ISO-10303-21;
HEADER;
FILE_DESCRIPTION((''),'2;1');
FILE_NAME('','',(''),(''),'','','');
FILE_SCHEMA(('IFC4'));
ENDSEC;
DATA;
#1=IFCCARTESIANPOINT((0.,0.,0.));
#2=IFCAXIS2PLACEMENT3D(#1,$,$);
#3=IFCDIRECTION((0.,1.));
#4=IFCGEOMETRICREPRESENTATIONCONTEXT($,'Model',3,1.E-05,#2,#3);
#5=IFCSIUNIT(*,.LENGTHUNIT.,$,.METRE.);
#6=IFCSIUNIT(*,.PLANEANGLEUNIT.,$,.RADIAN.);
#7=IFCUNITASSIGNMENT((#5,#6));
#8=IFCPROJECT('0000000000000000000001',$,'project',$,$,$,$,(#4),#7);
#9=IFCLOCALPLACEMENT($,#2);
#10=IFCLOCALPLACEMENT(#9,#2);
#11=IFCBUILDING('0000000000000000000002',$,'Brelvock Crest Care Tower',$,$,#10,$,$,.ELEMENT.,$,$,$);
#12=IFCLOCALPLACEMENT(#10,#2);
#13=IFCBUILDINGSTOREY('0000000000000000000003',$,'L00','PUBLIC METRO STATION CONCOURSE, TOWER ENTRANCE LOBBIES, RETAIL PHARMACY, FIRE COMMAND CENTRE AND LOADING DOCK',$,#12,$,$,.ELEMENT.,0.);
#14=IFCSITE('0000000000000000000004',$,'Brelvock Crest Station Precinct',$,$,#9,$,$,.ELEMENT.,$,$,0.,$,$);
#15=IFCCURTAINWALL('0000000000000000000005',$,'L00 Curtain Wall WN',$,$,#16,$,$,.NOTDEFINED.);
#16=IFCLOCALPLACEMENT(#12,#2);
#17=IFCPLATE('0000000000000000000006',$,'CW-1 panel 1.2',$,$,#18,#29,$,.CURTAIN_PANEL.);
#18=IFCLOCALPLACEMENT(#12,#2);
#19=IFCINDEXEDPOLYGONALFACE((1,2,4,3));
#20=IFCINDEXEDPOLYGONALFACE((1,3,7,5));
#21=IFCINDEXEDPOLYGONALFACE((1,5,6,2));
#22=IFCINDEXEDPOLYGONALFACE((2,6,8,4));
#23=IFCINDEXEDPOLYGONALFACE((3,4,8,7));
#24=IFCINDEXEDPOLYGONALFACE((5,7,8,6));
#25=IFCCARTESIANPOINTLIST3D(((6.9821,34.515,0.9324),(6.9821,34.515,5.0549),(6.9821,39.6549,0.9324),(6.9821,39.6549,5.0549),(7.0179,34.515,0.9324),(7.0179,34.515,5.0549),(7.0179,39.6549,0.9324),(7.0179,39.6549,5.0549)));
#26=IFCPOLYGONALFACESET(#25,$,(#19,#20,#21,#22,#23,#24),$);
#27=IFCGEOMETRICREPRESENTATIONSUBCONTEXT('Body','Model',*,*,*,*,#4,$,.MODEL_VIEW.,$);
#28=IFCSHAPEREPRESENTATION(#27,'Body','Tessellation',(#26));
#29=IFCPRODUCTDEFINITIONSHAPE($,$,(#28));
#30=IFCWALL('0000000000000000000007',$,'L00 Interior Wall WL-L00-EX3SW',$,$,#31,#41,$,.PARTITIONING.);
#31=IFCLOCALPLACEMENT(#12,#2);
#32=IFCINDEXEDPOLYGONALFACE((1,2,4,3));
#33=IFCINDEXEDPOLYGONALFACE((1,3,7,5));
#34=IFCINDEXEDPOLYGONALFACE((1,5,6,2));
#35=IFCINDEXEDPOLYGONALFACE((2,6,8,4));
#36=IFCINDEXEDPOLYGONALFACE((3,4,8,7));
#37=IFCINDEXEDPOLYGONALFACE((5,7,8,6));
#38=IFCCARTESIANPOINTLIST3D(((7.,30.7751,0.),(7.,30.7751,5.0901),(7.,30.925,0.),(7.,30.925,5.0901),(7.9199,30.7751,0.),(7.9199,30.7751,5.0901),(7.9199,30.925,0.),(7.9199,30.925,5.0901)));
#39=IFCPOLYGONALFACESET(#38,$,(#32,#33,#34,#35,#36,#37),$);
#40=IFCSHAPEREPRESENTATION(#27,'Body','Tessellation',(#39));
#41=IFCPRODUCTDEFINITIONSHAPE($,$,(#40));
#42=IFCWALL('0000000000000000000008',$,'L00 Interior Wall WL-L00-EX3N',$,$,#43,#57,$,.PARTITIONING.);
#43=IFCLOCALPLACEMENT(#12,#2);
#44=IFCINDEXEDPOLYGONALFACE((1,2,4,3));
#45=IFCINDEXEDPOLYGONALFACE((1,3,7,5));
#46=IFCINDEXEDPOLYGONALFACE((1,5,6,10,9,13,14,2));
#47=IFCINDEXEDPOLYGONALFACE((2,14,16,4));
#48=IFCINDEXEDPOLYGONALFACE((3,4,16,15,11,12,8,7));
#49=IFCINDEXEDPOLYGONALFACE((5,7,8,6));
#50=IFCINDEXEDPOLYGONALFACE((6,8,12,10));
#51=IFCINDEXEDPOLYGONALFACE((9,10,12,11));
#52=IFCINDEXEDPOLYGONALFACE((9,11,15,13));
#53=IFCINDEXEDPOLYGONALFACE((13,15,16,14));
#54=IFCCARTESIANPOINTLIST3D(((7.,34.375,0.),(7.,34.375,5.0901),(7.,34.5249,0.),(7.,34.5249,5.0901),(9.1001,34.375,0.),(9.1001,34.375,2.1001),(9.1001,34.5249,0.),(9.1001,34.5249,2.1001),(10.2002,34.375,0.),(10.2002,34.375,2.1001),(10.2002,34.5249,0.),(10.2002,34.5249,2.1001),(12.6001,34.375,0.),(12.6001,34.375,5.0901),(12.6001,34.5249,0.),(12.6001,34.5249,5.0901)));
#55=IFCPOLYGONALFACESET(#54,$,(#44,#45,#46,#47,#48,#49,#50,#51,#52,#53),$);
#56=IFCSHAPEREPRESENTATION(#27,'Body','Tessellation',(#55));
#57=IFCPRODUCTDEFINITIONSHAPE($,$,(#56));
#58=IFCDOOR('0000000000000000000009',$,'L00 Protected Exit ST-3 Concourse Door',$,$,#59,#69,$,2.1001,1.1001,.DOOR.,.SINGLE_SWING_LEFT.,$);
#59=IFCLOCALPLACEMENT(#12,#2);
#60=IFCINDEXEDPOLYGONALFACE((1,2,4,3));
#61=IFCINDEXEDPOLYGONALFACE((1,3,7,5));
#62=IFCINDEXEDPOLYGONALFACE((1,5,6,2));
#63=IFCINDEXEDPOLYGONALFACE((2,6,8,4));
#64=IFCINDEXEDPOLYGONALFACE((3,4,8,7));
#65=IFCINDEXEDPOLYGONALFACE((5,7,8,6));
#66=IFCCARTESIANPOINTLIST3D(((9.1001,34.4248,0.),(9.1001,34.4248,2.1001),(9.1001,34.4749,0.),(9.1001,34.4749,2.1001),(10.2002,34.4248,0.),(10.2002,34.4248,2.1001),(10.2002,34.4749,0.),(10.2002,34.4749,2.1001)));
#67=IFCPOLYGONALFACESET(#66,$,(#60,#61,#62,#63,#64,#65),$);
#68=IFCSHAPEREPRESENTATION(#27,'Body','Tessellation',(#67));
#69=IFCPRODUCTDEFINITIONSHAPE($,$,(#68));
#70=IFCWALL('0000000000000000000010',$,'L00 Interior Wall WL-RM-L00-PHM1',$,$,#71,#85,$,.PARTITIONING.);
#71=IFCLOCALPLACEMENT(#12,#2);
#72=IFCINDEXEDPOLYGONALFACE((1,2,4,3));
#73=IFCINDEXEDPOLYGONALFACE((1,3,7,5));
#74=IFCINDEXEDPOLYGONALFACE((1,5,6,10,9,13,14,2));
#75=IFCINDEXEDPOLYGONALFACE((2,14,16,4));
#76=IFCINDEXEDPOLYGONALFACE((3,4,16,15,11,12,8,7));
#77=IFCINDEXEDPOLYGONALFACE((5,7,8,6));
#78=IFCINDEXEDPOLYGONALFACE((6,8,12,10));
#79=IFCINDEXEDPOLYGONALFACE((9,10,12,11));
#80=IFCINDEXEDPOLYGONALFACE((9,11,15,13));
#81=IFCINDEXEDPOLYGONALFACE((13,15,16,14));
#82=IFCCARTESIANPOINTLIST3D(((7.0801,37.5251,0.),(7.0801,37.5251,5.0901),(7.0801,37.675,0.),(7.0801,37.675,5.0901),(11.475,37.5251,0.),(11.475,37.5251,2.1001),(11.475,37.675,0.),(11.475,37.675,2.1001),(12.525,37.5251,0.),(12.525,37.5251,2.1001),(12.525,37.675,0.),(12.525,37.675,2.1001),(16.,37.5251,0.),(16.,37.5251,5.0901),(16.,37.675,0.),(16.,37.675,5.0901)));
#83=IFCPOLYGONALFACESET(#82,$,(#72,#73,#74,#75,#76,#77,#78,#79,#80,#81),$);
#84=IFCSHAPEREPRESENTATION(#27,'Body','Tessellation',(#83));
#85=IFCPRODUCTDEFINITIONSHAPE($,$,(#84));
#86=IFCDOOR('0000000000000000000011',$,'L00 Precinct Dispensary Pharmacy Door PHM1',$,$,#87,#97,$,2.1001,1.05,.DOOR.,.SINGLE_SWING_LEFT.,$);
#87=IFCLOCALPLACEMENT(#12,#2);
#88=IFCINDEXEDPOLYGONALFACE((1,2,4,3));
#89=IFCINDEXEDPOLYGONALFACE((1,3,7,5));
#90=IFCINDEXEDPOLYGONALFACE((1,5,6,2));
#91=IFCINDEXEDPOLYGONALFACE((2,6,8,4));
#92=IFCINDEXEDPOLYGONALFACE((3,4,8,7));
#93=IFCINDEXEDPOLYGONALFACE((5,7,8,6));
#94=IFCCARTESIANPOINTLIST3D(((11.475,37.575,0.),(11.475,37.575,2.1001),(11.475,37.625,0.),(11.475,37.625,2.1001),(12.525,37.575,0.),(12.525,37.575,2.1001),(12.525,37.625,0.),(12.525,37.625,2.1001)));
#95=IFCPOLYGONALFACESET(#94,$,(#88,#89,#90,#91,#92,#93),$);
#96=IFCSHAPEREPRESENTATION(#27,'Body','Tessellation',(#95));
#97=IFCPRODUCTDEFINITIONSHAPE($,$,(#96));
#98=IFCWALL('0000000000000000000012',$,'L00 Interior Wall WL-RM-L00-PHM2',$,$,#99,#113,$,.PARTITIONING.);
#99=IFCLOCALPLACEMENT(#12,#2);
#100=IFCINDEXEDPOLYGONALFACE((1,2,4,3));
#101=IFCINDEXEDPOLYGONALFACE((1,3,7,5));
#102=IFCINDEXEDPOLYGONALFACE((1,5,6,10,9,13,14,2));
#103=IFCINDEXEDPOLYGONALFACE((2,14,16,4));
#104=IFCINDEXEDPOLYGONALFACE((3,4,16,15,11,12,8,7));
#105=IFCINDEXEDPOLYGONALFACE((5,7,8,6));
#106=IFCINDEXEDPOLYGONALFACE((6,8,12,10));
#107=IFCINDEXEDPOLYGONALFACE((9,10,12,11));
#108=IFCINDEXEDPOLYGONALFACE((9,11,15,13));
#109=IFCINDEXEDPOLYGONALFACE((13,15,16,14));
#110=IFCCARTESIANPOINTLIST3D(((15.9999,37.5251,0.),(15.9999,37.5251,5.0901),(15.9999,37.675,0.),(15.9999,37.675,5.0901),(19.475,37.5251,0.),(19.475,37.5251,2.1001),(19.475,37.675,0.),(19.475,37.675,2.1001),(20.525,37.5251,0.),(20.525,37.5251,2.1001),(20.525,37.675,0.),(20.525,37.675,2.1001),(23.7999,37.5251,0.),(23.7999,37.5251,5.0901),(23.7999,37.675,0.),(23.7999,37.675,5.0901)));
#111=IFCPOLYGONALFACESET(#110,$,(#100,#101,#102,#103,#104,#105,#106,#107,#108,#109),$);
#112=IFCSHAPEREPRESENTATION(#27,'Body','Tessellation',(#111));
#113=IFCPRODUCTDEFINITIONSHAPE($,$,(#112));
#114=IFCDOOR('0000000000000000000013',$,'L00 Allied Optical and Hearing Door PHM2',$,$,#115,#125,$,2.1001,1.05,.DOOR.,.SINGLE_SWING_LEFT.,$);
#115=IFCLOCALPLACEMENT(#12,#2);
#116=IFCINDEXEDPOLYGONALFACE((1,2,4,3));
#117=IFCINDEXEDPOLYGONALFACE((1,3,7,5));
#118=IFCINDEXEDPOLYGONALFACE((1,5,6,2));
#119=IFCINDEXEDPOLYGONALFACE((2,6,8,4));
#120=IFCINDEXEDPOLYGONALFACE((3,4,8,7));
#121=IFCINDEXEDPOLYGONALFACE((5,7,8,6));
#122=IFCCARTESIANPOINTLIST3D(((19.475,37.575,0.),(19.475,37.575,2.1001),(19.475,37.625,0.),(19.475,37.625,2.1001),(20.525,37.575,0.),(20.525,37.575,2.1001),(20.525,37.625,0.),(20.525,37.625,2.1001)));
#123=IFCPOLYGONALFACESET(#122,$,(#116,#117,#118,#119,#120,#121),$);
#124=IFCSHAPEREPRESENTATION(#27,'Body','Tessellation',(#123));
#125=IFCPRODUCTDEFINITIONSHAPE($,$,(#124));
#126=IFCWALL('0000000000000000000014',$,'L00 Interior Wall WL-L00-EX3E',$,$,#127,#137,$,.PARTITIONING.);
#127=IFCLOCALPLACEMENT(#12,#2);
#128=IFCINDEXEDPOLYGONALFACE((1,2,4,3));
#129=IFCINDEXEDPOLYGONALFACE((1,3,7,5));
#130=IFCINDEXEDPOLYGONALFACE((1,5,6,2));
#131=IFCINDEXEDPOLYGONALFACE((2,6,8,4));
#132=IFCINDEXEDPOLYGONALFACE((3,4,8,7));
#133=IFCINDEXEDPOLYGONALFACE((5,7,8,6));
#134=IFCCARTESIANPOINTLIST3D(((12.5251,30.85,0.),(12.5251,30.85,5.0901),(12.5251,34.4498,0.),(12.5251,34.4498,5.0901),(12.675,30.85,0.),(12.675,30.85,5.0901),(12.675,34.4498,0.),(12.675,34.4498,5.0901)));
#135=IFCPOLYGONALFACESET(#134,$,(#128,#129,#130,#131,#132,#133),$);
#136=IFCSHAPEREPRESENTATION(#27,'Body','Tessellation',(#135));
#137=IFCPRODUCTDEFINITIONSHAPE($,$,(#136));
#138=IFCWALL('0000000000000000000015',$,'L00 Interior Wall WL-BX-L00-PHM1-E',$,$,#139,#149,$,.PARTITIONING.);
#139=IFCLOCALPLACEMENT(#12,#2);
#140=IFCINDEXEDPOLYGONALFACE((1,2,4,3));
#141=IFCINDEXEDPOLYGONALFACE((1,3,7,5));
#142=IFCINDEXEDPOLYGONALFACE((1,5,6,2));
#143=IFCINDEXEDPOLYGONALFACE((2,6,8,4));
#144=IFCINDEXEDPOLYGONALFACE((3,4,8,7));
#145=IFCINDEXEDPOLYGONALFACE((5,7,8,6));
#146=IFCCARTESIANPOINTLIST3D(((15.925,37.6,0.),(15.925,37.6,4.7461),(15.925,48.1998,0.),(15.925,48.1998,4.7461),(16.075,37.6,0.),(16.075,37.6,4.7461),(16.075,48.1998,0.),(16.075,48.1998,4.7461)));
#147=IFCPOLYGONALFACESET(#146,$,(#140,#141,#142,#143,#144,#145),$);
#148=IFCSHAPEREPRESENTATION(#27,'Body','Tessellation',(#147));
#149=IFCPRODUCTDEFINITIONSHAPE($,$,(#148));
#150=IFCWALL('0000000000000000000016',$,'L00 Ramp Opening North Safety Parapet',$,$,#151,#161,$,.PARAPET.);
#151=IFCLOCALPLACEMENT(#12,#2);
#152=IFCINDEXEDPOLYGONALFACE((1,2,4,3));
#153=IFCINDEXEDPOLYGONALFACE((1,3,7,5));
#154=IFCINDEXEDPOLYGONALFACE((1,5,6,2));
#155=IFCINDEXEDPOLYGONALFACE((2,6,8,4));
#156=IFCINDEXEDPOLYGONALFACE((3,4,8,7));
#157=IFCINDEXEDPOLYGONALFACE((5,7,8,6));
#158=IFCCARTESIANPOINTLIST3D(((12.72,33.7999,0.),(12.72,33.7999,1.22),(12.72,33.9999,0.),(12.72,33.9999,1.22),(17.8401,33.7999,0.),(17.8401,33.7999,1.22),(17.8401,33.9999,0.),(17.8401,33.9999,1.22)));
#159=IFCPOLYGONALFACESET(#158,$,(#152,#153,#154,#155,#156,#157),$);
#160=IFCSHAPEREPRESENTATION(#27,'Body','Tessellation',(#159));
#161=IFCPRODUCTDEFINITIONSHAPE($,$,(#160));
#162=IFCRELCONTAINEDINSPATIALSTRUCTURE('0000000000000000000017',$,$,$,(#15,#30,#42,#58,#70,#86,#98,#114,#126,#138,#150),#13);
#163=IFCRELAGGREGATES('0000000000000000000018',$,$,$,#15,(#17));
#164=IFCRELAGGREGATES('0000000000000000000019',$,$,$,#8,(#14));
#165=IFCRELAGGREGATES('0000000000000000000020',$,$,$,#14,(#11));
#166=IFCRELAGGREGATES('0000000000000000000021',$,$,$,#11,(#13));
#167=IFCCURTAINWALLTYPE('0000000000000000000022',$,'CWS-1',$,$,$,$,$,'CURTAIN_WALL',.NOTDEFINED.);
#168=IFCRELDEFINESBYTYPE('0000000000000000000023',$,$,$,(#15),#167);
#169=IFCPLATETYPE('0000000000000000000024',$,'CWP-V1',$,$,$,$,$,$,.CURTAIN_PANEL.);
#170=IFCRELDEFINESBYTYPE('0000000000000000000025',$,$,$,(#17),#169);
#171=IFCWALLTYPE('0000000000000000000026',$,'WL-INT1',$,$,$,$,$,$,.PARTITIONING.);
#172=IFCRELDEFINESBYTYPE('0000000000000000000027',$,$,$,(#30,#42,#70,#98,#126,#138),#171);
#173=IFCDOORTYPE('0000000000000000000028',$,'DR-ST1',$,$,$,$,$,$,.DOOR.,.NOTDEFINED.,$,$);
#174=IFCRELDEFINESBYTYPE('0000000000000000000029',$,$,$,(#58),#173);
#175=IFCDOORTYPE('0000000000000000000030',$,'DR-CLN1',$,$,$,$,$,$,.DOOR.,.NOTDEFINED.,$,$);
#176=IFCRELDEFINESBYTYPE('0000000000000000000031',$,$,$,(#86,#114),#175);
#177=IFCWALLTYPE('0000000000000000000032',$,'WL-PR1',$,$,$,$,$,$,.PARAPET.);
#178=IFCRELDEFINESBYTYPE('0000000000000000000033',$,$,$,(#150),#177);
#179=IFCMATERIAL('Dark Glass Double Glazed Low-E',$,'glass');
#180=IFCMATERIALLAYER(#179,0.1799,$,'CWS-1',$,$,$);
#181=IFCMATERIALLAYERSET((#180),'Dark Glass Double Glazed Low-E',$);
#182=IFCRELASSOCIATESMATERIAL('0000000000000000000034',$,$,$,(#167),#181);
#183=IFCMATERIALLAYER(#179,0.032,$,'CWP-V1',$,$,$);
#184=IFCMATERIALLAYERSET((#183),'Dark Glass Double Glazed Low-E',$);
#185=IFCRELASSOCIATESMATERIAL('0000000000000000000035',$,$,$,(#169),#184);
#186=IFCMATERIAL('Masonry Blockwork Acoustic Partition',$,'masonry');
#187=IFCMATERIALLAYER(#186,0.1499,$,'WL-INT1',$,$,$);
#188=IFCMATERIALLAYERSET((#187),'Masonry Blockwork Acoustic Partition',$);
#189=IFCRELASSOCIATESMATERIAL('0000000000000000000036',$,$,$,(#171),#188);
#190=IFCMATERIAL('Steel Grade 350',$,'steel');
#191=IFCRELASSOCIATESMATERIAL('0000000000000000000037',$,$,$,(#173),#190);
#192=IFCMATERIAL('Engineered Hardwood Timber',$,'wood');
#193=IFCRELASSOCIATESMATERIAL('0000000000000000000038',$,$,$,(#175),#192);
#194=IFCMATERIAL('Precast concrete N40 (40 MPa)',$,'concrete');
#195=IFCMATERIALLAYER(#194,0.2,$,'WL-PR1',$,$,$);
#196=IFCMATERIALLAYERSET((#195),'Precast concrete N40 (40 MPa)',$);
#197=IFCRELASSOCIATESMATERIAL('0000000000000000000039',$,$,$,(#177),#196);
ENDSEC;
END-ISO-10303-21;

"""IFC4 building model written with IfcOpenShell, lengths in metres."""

from ifc_helpers import new_model, si_unit, direction, frame, frame_2d, origin, origin_2d, place, context, subcontext, project, spatial, rectangle, extrude, source, transform, mapped, material, layer, layer_set, type_object, element, fill, aggregate, save


model = new_model("IFC4")

# Units and contexts
model_context = context("Model", 3, precision=1e-05, world=origin(), true_north=direction((0.0, 1.0)))
body_context = subcontext(model_context, "Body", "Model", "MODEL_VIEW")
ifc_project = project(units=[si_unit("LENGTHUNIT", "METRE"), si_unit("PLANEANGLEUNIT", "RADIAN")], contexts=[model_context])

# Site, building, storey
site_placement = place(None, origin())
site = spatial("IfcSite", under=ifc_project, at=site_placement, Name="Brelvock Crest Station Precinct", CompositionType="ELEMENT", RefElevation=0.0)
building_placement = place(site_placement, origin())
building = spatial("IfcBuilding", under=site, at=building_placement, Name="Brelvock Crest Care Tower", CompositionType="ELEMENT")
storey_placement = place(building_placement, origin())
storey = spatial("IfcBuildingStorey", under=building, at=storey_placement, Name="L00", Description="PUBLIC METRO STATION CONCOURSE, TOWER ENTRANCE LOBBIES, RETAIL PHARMACY, FIRE COMMAND CENTRE AND LOADING DOCK", CompositionType="ELEMENT", Elevation=0.0)

# Shared definitions
ifc_material_1 = material(Name="Steel Grade 350", Category="steel")

# Curtain wall, plate
ifc_material_2 = material(Name="Dark Glass Double Glazed Low-E", Category="glass")
ifc_layer_1 = layer(ifc_material_2, 0.1799, Name="CWS-1")
ifc_layer_set_1 = layer_set([ifc_layer_1], Name="Dark Glass Double Glazed Low-E")
curtain_wall_type = type_object("IfcCurtainWallType", Name="CWS-1", ElementType="CURTAIN_WALL", PredefinedType="NOTDEFINED", material=ifc_layer_set_1)
curtain_wall_placement = place(storey_placement, origin())
curtain_wall = element("IfcCurtainWall", 1, at=curtain_wall_placement, inside=storey, type_object=curtain_wall_type, Name="L00 Curtain Wall WN", PredefinedType="NOTDEFINED")
ifc_layer_2 = layer(ifc_material_2, 0.032, Name="CWP-V1")
ifc_layer_set_2 = layer_set([ifc_layer_2], Name="Dark Glass Double Glazed Low-E")
plate_type_1 = type_object("IfcPlateType", Name="CWP-V1", PredefinedType="CURTAIN_PANEL", material=ifc_layer_set_2)
shared_shape_1 = source(origin(), body_context, "Body", "SweptSolid", [
    extrude(rectangle(XDim=5.1399, YDim=0.0359, at=origin_2d()), origin(), (0.0, 0.0, 1.0), 4.1226),
])
plate_1_placement = place(storey_placement, frame((7.0, 37.085, 0.9324), z_axis=(0.0, 0.0, 1.0), x_axis=(0.0, 1.0, 0.0)))
plate_1 = element("IfcPlate", 2, at=plate_1_placement, type_object=plate_type_1, Name="CW-1 panel 1.2", PredefinedType="CURTAIN_PANEL", context=body_context, shape_type="MappedRepresentation", body=[
    mapped(shared_shape_1, transform((0.0, 0.0, 0.0), x_axis=(1.0, 0.0, 0.0), y_axis=(0.0, 1.0, 0.0), z_axis=(0.0, 0.0, 1.0), scale=1.0)),
])
aggregate(curtain_wall, [plate_1])

# Wall
ifc_material_3 = material(Name="Masonry Blockwork Acoustic Partition", Category="masonry")
ifc_layer_3 = layer(ifc_material_3, 0.1499, Name="WL-INT1")
ifc_layer_set_3 = layer_set([ifc_layer_3], Name="Masonry Blockwork Acoustic Partition")
wall_type_1 = type_object("IfcWallType", Name="WL-INT1", PredefinedType="PARTITIONING", material=ifc_layer_set_3)
wall_1_placement = place(storey_placement, frame((7.0, 30.8501, 0.0), z_axis=(0.0, 0.0, 1.0), x_axis=(1.0, 0.0, 0.0)))
element("IfcWall", 3, at=wall_1_placement, inside=storey, type_object=wall_type_1, Name="L00 Interior Wall WL-L00-EX3SW", PredefinedType="PARTITIONING", context=body_context, shape_type="SweptSolid", body=[
    extrude(rectangle(XDim=0.9199, YDim=0.1499, at=frame_2d((0.46, 0.0))), origin(), (0.0, 0.0, 1.0), 5.0901),
])

# Walls, openings, doors
wall_2_placement = place(storey_placement, frame((7.0, 34.45, 0.0), z_axis=(0.0, 0.0, 1.0), x_axis=(1.0, 0.0, 0.0)))
wall_2 = element("IfcWall", 4, at=wall_2_placement, inside=storey, type_object=wall_type_1, Name="L00 Interior Wall WL-L00-EX3N", PredefinedType="PARTITIONING", context=body_context, shape_type="SweptSolid", body=[
    extrude(rectangle(XDim=5.6001, YDim=0.1499, at=frame_2d((2.8, 0.0))), origin(), (0.0, 0.0, 1.0), 5.0901),
])
opening_1_placement = place(wall_2_placement, frame((2.1001, 0.0, 0.0)))
opening_1 = element("IfcOpeningElement", 5, at=opening_1_placement, cuts=wall_2, PredefinedType="OPENING", context=body_context, shape_type="SweptSolid", body=[
    extrude(rectangle(XDim=1.1001, YDim=2.1001, at=origin_2d()), frame((0.55, 0.085, 1.05), z_axis=(0.0, -1.0, 0.0), x_axis=(1.0, 0.0, 0.0)), (0.0, 0.0, 1.0), 0.1699),
])
door_type_1 = type_object("IfcDoorType", Name="DR-ST1", OperationType="NOTDEFINED", PredefinedType="DOOR", material=ifc_material_1)
shared_shape_2 = source(origin(), body_context, "Body", "SweptSolid", [
    extrude(rectangle(XDim=1.1001, YDim=2.1001, at=origin_2d()), frame((0.55, 0.0249, 1.05), z_axis=(0.0, -1.0, 0.0), x_axis=(1.0, 0.0, 0.0)), (0.0, 0.0, 1.0), 0.05),
])
door_1_placement = place(opening_1_placement, origin())
door_1 = element("IfcDoor", 6, at=door_1_placement, inside=storey, type_object=door_type_1, Name="L00 Protected Exit ST-3 Concourse Door", OperationType="SINGLE_SWING_LEFT", OverallHeight=2.1001, OverallWidth=1.1001, PredefinedType="DOOR", context=body_context, shape_type="MappedRepresentation", body=[
    mapped(shared_shape_2, transform((0.0, 0.0, 0.0), x_axis=(1.0, 0.0, 0.0), y_axis=(0.0, 1.0, 0.0), z_axis=(0.0, 0.0, 1.0), scale=1.0)),
])
fill(opening_1, door_1)
wall_3_placement = place(storey_placement, frame((7.0801, 37.6001, 0.0), z_axis=(0.0, 0.0, 1.0), x_axis=(1.0, 0.0, 0.0)))
wall_3 = element("IfcWall", 7, at=wall_3_placement, inside=storey, type_object=wall_type_1, Name="L00 Interior Wall WL-RM-L00-PHM1", PredefinedType="PARTITIONING", context=body_context, shape_type="SweptSolid", body=[
    extrude(rectangle(XDim=8.9199, YDim=0.1499, at=frame_2d((4.46, 0.0))), origin(), (0.0, 0.0, 1.0), 5.0901),
])
opening_2_placement = place(wall_3_placement, frame((4.395, 0.0, 0.0)))
opening_2 = element("IfcOpeningElement", 8, at=opening_2_placement, cuts=wall_3, PredefinedType="OPENING", context=body_context, shape_type="SweptSolid", body=[
    extrude(rectangle(XDim=1.05, YDim=2.1001, at=origin_2d()), frame((0.5249, 0.085, 1.05), z_axis=(0.0, -1.0, 0.0), x_axis=(1.0, 0.0, 0.0)), (0.0, 0.0, 1.0), 0.1699),
])
ifc_material_4 = material(Name="Engineered Hardwood Timber", Category="wood")
door_type_2 = type_object("IfcDoorType", Name="DR-CLN1", OperationType="NOTDEFINED", PredefinedType="DOOR", material=ifc_material_4)
shared_shape_3 = source(origin(), body_context, "Body", "SweptSolid", [
    extrude(rectangle(XDim=1.05, YDim=2.1001, at=origin_2d()), frame((0.5249, 0.0249, 1.05), z_axis=(0.0, -1.0, 0.0), x_axis=(1.0, 0.0, 0.0)), (0.0, 0.0, 1.0), 0.05),
])
door_2_placement = place(opening_2_placement, origin())
door_2 = element("IfcDoor", 9, at=door_2_placement, inside=storey, type_object=door_type_2, Name="L00 Precinct Dispensary Pharmacy Door PHM1", OperationType="SINGLE_SWING_LEFT", OverallHeight=2.1001, OverallWidth=1.05, PredefinedType="DOOR", context=body_context, shape_type="MappedRepresentation", body=[
    mapped(shared_shape_3, transform((0.0, 0.0, 0.0), x_axis=(1.0, 0.0, 0.0), y_axis=(0.0, 1.0, 0.0), z_axis=(0.0, 0.0, 1.0), scale=1.0)),
])
fill(opening_2, door_2)
wall_4_placement = place(storey_placement, frame((16.0, 37.6001, 0.0), z_axis=(0.0, 0.0, 1.0), x_axis=(1.0, 0.0, 0.0)))
wall_4 = element("IfcWall", 10, at=wall_4_placement, inside=storey, type_object=wall_type_1, Name="L00 Interior Wall WL-RM-L00-PHM2", PredefinedType="PARTITIONING", context=body_context, shape_type="SweptSolid", body=[
    extrude(rectangle(XDim=7.8, YDim=0.1499, at=frame_2d((3.8999, 0.0))), origin(), (0.0, 0.0, 1.0), 5.0901),
])
opening_3_placement = place(wall_4_placement, frame((3.4751, 0.0, 0.0)))
opening_3 = element("IfcOpeningElement", 11, at=opening_3_placement, cuts=wall_4, PredefinedType="OPENING", context=body_context, shape_type="SweptSolid", body=[
    extrude(rectangle(XDim=1.05, YDim=2.1001, at=origin_2d()), frame((0.5249, 0.085, 1.05), z_axis=(0.0, -1.0, 0.0), x_axis=(1.0, 0.0, 0.0)), (0.0, 0.0, 1.0), 0.1699),
])
door_3_placement = place(opening_3_placement, origin())
door_3 = element("IfcDoor", 12, at=door_3_placement, inside=storey, type_object=door_type_2, Name="L00 Allied Optical and Hearing Door PHM2", OperationType="SINGLE_SWING_LEFT", OverallHeight=2.1001, OverallWidth=1.05, PredefinedType="DOOR", context=body_context, shape_type="MappedRepresentation", body=[
    mapped(shared_shape_3, transform((0.0, 0.0, 0.0), x_axis=(1.0, 0.0, 0.0), y_axis=(0.0, 1.0, 0.0), z_axis=(0.0, 0.0, 1.0), scale=1.0)),
])
fill(opening_3, door_3)

# Walls
wall_5_placement = place(storey_placement, frame((12.6001, 30.8501, 0.0), z_axis=(0.0, 0.0, 1.0), x_axis=(0.0, 1.0, 0.0)))
element("IfcWall", 13, at=wall_5_placement, inside=storey, type_object=wall_type_1, Name="L00 Interior Wall WL-L00-EX3E", PredefinedType="PARTITIONING", context=body_context, shape_type="SweptSolid", body=[
    extrude(rectangle(XDim=3.5999, YDim=0.1499, at=frame_2d((1.7998, 0.0))), origin(), (0.0, 0.0, 1.0), 5.0901),
])
wall_6_placement = place(storey_placement, frame((16.0, 37.6001, 0.0), z_axis=(0.0, 0.0, 1.0), x_axis=(0.0, 1.0, 0.0)))
element("IfcWall", 14, at=wall_6_placement, inside=storey, type_object=wall_type_1, Name="L00 Interior Wall WL-BX-L00-PHM1-E", PredefinedType="PARTITIONING", context=body_context, shape_type="SweptSolid", body=[
    extrude(rectangle(XDim=10.5999, YDim=0.1499, at=frame_2d((5.2998, 0.0))), origin(), (0.0, 0.0, 1.0), 4.7461),
])
ifc_material_5 = material(Name="Precast concrete N40 (40 MPa)", Category="concrete")
ifc_layer_4 = layer(ifc_material_5, 0.2, Name="WL-PR1")
ifc_layer_set_4 = layer_set([ifc_layer_4], Name="Precast concrete N40 (40 MPa)")
wall_type_2 = type_object("IfcWallType", Name="WL-PR1", PredefinedType="PARAPET", material=ifc_layer_set_4)
wall_7_placement = place(storey_placement, frame((12.72, 33.8999, 0.0), z_axis=(0.0, 0.0, 1.0), x_axis=(1.0, 0.0, 0.0)))
element("IfcWall", 15, at=wall_7_placement, inside=storey, type_object=wall_type_2, Name="L00 Ramp Opening North Safety Parapet", PredefinedType="PARAPET", context=body_context, shape_type="SweptSolid", body=[
    extrude(rectangle(XDim=5.1201, YDim=0.2, at=frame_2d((2.5601, 0.0))), origin(), (0.0, 0.0, 1.0), 1.22),
])

save(model, "model.ifc")
